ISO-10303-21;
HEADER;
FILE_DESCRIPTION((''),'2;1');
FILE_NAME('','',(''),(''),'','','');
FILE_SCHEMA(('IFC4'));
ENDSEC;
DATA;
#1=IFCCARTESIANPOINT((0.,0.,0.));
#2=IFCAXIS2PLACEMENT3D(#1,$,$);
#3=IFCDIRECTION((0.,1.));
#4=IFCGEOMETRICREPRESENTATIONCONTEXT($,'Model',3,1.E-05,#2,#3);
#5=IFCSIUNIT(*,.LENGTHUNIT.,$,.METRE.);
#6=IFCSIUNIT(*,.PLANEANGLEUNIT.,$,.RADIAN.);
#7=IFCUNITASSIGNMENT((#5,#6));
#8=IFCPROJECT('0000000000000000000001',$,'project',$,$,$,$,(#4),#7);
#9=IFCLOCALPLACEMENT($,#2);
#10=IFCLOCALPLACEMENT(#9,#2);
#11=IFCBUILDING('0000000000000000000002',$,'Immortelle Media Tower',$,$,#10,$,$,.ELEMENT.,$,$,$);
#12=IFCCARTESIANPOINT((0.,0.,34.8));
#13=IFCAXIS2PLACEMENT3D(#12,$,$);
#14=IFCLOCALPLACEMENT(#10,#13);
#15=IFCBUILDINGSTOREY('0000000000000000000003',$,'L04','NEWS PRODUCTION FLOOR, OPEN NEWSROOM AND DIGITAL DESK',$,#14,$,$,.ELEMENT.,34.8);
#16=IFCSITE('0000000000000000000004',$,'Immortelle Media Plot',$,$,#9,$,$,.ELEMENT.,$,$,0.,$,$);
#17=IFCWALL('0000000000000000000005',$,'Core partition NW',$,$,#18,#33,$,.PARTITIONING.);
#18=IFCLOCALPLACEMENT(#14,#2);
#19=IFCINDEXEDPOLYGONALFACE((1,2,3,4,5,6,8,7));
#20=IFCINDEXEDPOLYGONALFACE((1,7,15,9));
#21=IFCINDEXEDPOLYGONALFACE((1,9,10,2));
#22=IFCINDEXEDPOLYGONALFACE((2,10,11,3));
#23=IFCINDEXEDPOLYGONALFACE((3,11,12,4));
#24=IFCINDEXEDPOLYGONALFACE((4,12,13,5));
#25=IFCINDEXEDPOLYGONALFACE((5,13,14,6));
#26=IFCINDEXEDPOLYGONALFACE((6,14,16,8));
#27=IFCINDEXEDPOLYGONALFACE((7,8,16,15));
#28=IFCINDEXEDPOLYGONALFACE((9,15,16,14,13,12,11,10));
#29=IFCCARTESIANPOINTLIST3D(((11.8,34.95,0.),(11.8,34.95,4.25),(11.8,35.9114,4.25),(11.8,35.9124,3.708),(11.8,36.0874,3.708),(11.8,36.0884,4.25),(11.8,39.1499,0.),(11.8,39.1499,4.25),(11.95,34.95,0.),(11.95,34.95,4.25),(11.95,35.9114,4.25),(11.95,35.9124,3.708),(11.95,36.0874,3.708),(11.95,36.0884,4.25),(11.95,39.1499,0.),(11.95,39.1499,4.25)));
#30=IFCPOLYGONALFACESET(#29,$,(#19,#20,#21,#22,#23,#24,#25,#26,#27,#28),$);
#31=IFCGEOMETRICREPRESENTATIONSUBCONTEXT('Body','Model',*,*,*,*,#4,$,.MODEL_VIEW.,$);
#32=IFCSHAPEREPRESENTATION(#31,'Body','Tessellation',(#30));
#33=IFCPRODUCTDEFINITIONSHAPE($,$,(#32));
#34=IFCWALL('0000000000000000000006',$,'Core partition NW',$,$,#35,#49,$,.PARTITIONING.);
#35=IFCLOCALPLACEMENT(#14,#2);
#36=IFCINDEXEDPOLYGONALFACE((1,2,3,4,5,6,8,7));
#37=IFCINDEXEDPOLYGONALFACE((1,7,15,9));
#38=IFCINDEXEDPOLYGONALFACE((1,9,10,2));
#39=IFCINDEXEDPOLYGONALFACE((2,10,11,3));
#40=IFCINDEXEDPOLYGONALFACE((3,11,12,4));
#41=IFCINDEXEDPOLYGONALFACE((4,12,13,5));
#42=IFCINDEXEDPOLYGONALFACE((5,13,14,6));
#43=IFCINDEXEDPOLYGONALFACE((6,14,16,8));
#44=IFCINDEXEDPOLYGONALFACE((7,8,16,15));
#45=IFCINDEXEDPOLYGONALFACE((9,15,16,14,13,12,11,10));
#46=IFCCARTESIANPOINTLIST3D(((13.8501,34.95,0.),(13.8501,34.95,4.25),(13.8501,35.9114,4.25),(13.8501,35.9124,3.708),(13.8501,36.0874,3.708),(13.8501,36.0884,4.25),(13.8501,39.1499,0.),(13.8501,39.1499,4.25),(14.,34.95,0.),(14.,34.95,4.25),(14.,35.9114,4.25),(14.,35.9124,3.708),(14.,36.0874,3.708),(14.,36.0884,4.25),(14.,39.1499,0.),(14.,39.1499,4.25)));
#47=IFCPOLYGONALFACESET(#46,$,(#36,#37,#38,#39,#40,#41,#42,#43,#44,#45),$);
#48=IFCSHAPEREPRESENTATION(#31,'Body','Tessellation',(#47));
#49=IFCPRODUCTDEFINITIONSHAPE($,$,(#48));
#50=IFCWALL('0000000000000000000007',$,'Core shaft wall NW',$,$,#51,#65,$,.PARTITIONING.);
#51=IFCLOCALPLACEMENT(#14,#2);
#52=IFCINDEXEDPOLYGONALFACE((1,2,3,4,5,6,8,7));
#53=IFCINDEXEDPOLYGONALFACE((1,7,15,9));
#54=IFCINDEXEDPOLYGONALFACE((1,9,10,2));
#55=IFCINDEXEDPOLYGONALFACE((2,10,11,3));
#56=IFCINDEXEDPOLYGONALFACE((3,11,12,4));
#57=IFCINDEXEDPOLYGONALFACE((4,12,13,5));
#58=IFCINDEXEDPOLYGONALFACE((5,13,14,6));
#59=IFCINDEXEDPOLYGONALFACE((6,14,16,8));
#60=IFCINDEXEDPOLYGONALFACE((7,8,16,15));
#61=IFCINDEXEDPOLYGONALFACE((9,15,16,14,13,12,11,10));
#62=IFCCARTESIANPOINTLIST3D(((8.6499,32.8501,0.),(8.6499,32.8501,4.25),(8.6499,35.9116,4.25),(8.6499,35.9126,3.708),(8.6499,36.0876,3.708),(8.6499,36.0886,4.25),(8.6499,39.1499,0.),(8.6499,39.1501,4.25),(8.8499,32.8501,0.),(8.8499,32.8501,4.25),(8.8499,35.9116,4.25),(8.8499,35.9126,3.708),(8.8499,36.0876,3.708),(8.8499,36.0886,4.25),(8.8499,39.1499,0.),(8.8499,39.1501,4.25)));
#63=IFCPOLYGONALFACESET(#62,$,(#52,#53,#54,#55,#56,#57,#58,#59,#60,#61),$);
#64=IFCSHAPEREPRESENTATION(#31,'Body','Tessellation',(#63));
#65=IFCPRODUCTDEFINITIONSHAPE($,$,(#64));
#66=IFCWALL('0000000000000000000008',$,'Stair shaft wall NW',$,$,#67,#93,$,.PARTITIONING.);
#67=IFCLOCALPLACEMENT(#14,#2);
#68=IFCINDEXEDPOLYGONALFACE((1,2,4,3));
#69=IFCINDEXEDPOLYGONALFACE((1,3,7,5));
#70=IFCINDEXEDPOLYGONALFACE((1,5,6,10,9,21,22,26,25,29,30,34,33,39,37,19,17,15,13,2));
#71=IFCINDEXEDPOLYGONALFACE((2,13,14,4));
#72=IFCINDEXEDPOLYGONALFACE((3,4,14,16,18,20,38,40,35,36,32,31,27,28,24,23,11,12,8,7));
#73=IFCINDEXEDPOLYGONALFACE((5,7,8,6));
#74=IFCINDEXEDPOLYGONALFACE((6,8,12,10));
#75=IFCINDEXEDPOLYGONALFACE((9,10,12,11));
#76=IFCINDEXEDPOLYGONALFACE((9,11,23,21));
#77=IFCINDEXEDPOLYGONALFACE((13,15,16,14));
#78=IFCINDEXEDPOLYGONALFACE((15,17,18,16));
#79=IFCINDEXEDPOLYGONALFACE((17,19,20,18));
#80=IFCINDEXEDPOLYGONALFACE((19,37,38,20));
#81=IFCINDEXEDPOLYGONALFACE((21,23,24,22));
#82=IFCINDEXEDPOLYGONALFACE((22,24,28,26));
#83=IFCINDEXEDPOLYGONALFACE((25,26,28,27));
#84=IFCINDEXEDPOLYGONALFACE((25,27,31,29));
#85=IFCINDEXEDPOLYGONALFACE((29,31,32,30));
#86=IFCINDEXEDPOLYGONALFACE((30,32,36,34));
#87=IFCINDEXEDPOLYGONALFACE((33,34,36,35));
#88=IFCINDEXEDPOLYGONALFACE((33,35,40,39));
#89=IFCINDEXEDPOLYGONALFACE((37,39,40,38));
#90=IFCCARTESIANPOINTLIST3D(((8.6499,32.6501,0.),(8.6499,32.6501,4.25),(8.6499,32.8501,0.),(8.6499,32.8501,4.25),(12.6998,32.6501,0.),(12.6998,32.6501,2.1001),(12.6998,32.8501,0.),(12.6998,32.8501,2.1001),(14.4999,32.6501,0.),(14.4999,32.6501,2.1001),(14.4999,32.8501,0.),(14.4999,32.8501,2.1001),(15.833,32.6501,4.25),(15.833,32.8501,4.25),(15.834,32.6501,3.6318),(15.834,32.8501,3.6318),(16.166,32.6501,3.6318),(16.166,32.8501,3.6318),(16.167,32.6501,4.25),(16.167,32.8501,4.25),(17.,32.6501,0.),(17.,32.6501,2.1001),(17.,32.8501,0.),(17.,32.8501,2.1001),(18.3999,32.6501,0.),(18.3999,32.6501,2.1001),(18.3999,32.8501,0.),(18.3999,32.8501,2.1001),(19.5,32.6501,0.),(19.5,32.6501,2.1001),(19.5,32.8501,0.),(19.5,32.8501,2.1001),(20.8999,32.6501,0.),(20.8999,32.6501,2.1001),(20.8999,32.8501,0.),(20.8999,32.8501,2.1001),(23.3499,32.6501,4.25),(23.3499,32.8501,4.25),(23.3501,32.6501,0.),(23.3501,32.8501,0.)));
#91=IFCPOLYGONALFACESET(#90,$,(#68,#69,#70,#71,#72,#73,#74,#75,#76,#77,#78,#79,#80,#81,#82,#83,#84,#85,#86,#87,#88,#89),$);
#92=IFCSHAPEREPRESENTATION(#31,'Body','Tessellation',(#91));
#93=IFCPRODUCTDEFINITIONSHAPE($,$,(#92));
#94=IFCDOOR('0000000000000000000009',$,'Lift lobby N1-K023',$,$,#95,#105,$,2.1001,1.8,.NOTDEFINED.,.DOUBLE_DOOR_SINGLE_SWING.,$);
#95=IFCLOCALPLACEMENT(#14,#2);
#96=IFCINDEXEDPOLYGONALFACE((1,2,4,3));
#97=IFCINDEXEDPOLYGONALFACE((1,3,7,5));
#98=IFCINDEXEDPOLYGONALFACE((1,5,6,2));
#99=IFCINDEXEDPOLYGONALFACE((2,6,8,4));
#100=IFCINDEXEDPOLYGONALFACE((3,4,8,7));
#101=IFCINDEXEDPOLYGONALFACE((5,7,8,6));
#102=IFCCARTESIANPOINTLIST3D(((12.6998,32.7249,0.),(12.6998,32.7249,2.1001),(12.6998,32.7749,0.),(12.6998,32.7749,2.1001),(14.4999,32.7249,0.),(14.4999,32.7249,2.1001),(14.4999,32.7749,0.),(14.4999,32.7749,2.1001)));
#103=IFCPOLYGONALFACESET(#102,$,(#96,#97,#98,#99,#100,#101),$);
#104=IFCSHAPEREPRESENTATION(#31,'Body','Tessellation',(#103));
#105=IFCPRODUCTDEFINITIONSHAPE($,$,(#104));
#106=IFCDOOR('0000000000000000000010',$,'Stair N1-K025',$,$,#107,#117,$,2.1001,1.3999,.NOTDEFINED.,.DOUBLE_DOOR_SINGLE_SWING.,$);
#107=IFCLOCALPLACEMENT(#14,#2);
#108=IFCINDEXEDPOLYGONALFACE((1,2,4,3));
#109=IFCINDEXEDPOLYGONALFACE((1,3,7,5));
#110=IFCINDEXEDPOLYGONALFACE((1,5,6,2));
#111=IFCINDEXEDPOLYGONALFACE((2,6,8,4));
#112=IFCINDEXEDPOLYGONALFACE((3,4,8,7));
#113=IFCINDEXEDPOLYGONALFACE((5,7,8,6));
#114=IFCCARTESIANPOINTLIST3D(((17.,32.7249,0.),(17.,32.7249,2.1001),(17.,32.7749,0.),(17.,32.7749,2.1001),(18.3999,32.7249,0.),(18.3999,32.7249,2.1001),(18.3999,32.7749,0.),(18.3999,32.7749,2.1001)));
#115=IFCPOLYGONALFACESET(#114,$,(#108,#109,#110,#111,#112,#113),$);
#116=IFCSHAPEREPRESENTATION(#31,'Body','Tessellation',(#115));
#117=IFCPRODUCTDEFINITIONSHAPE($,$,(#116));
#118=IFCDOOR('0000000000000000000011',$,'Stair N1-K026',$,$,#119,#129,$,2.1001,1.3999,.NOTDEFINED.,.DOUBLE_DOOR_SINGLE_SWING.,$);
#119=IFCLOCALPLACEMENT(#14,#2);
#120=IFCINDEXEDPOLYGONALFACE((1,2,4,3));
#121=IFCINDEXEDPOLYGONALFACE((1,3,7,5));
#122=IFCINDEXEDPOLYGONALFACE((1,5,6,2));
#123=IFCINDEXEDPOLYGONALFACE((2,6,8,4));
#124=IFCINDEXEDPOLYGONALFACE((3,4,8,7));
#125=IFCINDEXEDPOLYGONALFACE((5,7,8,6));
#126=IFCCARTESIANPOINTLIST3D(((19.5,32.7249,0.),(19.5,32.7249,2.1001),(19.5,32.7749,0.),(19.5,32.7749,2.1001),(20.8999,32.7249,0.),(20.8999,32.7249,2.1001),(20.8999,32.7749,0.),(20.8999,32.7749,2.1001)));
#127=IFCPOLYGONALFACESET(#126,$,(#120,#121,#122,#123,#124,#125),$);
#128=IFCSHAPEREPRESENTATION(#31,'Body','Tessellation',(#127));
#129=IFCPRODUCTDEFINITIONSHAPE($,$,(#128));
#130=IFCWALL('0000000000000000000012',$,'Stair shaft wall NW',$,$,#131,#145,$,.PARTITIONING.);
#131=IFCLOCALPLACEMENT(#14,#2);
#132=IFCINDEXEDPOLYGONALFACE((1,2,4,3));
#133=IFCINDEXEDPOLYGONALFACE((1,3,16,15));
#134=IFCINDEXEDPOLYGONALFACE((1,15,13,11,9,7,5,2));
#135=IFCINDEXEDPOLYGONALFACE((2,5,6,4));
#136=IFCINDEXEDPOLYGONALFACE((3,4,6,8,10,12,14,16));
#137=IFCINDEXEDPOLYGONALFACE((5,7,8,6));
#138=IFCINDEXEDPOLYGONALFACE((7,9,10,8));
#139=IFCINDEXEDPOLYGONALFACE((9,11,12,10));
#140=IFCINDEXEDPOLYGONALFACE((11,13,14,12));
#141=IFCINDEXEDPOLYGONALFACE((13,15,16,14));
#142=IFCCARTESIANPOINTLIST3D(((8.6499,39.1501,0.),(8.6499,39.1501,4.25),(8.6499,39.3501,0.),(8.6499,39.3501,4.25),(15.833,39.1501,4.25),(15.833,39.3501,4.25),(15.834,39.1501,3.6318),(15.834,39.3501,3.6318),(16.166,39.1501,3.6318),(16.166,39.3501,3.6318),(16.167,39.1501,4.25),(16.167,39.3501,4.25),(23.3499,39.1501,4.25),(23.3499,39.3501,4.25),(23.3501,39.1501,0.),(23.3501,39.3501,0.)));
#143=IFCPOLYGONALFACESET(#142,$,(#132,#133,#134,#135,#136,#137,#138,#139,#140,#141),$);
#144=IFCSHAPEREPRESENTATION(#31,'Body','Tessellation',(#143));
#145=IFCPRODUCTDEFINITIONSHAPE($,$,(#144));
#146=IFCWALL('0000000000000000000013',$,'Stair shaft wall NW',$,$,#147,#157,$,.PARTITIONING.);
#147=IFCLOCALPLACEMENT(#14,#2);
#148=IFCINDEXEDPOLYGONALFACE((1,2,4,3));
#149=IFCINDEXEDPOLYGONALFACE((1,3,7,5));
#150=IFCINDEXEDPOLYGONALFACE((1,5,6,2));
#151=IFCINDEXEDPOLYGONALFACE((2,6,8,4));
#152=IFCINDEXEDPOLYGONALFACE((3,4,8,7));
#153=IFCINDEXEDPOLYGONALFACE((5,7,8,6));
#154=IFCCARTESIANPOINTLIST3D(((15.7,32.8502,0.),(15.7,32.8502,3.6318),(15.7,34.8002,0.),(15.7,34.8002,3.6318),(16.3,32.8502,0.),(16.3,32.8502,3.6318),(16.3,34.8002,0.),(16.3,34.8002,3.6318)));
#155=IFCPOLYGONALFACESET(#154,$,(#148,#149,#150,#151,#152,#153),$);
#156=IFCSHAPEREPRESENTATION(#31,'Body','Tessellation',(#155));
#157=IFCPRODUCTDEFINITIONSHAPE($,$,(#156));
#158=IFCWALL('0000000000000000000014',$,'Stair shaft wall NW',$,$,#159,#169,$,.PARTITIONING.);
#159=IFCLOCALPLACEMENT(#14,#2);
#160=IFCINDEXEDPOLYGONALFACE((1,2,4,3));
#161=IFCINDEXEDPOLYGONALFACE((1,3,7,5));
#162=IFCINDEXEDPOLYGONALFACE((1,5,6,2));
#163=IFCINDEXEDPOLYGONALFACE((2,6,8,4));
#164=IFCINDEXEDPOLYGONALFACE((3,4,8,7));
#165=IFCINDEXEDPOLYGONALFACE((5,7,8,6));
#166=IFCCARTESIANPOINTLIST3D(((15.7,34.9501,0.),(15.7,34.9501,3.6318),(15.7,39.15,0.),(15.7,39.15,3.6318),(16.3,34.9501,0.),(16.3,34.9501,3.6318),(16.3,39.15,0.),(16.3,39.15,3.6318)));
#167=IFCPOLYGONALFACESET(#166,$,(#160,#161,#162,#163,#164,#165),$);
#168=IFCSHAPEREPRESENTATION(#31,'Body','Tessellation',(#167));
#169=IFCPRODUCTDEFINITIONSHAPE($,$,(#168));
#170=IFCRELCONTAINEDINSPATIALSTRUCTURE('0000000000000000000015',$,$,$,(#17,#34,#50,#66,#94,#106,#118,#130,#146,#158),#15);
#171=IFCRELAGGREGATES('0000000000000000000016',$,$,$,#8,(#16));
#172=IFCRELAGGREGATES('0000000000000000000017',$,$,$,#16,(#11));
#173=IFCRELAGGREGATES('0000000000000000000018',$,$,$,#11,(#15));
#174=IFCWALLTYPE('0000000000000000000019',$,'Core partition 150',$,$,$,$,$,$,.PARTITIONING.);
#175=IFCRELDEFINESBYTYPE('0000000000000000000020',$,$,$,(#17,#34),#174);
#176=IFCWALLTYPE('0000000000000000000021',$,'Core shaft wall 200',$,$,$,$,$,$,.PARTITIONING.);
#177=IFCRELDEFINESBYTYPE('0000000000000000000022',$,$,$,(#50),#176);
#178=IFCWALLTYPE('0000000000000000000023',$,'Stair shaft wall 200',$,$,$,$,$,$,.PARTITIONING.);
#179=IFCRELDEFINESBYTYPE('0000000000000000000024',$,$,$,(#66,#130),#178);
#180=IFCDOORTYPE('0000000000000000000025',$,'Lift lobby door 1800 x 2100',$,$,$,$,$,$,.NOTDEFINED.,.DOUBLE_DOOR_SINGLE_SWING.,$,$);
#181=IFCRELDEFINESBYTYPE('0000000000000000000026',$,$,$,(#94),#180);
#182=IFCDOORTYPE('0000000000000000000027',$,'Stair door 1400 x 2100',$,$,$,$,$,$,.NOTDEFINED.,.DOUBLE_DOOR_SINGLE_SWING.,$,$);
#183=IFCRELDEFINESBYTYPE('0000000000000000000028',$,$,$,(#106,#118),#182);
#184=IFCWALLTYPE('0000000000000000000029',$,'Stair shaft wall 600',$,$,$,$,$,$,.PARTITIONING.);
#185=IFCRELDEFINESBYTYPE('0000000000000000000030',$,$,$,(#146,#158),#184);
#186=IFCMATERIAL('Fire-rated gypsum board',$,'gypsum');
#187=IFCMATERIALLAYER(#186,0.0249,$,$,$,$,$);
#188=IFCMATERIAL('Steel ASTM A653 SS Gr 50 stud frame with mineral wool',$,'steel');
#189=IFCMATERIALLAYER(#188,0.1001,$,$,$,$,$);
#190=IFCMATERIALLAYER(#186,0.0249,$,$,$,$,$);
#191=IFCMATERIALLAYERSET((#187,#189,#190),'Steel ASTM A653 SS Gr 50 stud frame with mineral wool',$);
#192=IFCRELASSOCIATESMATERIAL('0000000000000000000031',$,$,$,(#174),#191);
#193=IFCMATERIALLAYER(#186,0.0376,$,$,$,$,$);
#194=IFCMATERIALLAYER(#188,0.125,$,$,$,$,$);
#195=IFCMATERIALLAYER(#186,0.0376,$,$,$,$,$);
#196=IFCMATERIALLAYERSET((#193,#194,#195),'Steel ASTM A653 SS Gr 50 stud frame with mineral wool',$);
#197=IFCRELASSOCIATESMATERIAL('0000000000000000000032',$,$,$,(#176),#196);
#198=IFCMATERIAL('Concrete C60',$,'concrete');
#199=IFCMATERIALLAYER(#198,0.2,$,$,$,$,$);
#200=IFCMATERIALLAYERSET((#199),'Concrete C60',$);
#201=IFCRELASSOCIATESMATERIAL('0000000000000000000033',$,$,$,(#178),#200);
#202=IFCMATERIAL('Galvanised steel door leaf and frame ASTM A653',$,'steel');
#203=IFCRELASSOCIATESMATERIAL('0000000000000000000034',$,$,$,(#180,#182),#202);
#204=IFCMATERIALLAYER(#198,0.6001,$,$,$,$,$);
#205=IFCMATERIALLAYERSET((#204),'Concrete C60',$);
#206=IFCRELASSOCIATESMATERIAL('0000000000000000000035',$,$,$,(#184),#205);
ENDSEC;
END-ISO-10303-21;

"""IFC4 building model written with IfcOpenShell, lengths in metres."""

from ifc_helpers import new_model, si_unit, direction, frame, frame_2d, origin, place, context, subcontext, project, spatial, polyline, rectangle, outline, extrude, material, layer, layer_set, type_object, element, fill, save


model = new_model("IFC4")

# Units and contexts
model_context = context("Model", 3, precision=1e-05, world=origin(), true_north=direction((0.0, 1.0)))
body_context = subcontext(model_context, "Body", "Model", "MODEL_VIEW")
ifc_project = project(units=[si_unit("LENGTHUNIT", "METRE"), si_unit("PLANEANGLEUNIT", "RADIAN")], contexts=[model_context])

# Site, building, storey
site_placement = place(None, origin())
site = spatial("IfcSite", under=ifc_project, at=site_placement, Name="Immortelle Media Plot", CompositionType="ELEMENT", RefElevation=0.0)
building_placement = place(site_placement, origin())
building = spatial("IfcBuilding", under=site, at=building_placement, Name="Immortelle Media Tower", CompositionType="ELEMENT")
storey_placement = place(building_placement, frame((0.0, 0.0, 34.8)))
storey = spatial("IfcBuildingStorey", under=building, at=storey_placement, Name="L04", Description="NEWS PRODUCTION FLOOR, OPEN NEWSROOM AND DIGITAL DESK", CompositionType="ELEMENT", Elevation=34.8)

# Shared definitions
ifc_material_1 = material(Name="Fire-rated gypsum board", Category="gypsum")
ifc_layer_1 = layer(ifc_material_1, 0.0249)
ifc_material_2 = material(Name="Steel ASTM A653 SS Gr 50 stud frame with mineral wool", Category="steel")
ifc_layer_2 = layer(ifc_material_2, 0.1001)
ifc_layer_3 = layer(ifc_material_1, 0.0249)
ifc_layer_set_1 = layer_set([ifc_layer_1, ifc_layer_2, ifc_layer_3], Name="Steel ASTM A653 SS Gr 50 stud frame with mineral wool")
wall_type_1 = type_object("IfcWallType", Name="Core partition 150", PredefinedType="PARTITIONING", material=ifc_layer_set_1)
ifc_material_3 = material(Name="Galvanised steel door leaf and frame ASTM A653", Category="steel")

# Walls
for number, where, z_axis, x_axis, name in (
    (1, (11.875, 34.95, 0.0), (0.0, 0.0, 1.0), (0.0, 1.0, 0.0), "Core partition NW"),
    (2, (13.925, 34.95, 0.0), (0.0, 0.0, 1.0), (0.0, 1.0, 0.0), "Core partition NW"),
):
    element("IfcWall", number, at=place(storey_placement, frame(where, z_axis=z_axis, x_axis=x_axis)), inside=storey, type_object=wall_type_1, Name=name, PredefinedType="PARTITIONING", context=body_context, shape_type="SweptSolid", body=[
        extrude(outline(polyline([(0.0, 0.0), (4.2, 0.0), (4.2, 4.25), (1.1384, 4.25), (1.1375, 3.708), (0.9624, 3.708), (0.9614, 4.25), (0.0, 4.25), (0.0, 0.0)])), frame((0.0, 0.075, 0.0), z_axis=(0.0, -1.0, 0.0), x_axis=(1.0, 0.0, 0.0)), (0.0, 0.0, 1.0), 0.1499),
    ])
ifc_layer_4 = layer(ifc_material_1, 0.0376)
ifc_layer_5 = layer(ifc_material_2, 0.125)
ifc_layer_6 = layer(ifc_material_1, 0.0376)
ifc_layer_set_2 = layer_set([ifc_layer_4, ifc_layer_5, ifc_layer_6], Name="Steel ASTM A653 SS Gr 50 stud frame with mineral wool")
wall_type_2 = type_object("IfcWallType", Name="Core shaft wall 200", PredefinedType="PARTITIONING", material=ifc_layer_set_2)
wall_1_placement = place(storey_placement, frame((8.75, 32.8501, 0.0), z_axis=(0.0, 0.0, 1.0), x_axis=(0.0, 1.0, 0.0)))
element("IfcWall", 3, at=wall_1_placement, inside=storey, type_object=wall_type_2, Name="Core shaft wall NW", PredefinedType="PARTITIONING", context=body_context, shape_type="SweptSolid", body=[
    extrude(outline(polyline([(0.0, 0.0), (6.2998, 0.0), (6.3, 4.25), (3.2385, 4.25), (3.2375, 3.708), (3.0625, 3.708), (3.0615, 4.25), (0.0, 4.25), (0.0, 0.0)])), frame((0.0, 0.1001, 0.0), z_axis=(0.0, -1.0, 0.0), x_axis=(1.0, 0.0, 0.0)), (0.0, 0.0, 1.0), 0.2),
])

# Wall, openings, doors
ifc_material_4 = material(Name="Concrete C60", Category="concrete")
ifc_layer_7 = layer(ifc_material_4, 0.2)
ifc_layer_set_3 = layer_set([ifc_layer_7], Name="Concrete C60")
wall_type_3 = type_object("IfcWallType", Name="Stair shaft wall 200", PredefinedType="PARTITIONING", material=ifc_layer_set_3)
wall_2_placement = place(storey_placement, frame((8.6499, 32.75, 0.0), z_axis=(0.0, 0.0, 1.0), x_axis=(1.0, 0.0, 0.0)))
wall_2 = element("IfcWall", 4, at=wall_2_placement, inside=storey, type_object=wall_type_3, Name="Stair shaft wall NW", PredefinedType="PARTITIONING", context=body_context, shape_type="SweptSolid", body=[
    extrude(outline(polyline([(0.0, 0.0), (14.7002, 0.0), (14.7, 4.25), (7.5171, 4.25), (7.5161, 3.6318), (7.1841, 3.6318), (7.1831, 4.25), (0.0, 4.25), (0.0, 0.0)])), frame((0.0, 0.1001, 0.0), z_axis=(0.0, -1.0, 0.0), x_axis=(1.0, 0.0, 0.0)), (0.0, 0.0, 1.0), 0.2),
])
opening_1_placement = place(wall_2_placement, frame((4.05, 0.0, 0.0)))
opening_1 = element("IfcOpeningElement", 5, at=opening_1_placement, cuts=wall_2, PredefinedType="OPENING", context=body_context, shape_type="SweptSolid", body=[
    extrude(rectangle(XDim=1.8, YDim=2.1001, at=frame_2d((0.8999, 1.05))), frame((0.0, 0.1099, 0.0), z_axis=(0.0, -1.0, 0.0), x_axis=(1.0, 0.0, 0.0)), (0.0, 0.0, 1.0), 0.22),
])
opening_2_placement = place(wall_2_placement, frame((8.3501, 0.0, 0.0)))
opening_2 = element("IfcOpeningElement", 6, at=opening_2_placement, cuts=wall_2, PredefinedType="OPENING", context=body_context, shape_type="SweptSolid", body=[
    extrude(rectangle(XDim=1.3999, YDim=2.1001, at=frame_2d((0.7, 1.05))), frame((0.0, 0.1099, 0.0), z_axis=(0.0, -1.0, 0.0), x_axis=(1.0, 0.0, 0.0)), (0.0, 0.0, 1.0), 0.22),
])
opening_3_placement = place(wall_2_placement, frame((10.8501, 0.0, 0.0)))
opening_3 = element("IfcOpeningElement", 7, at=opening_3_placement, cuts=wall_2, PredefinedType="OPENING", context=body_context, shape_type="SweptSolid", body=[
    extrude(rectangle(XDim=1.3999, YDim=2.1001, at=frame_2d((0.7, 1.05))), frame((0.0, 0.1099, 0.0), z_axis=(0.0, -1.0, 0.0), x_axis=(1.0, 0.0, 0.0)), (0.0, 0.0, 1.0), 0.22),
])
door_type_1 = type_object("IfcDoorType", Name="Lift lobby door 1800 x 2100", OperationType="DOUBLE_DOOR_SINGLE_SWING", PredefinedType="NOTDEFINED", material=ifc_material_3)
door_1_placement = place(opening_1_placement, origin())
door_1 = element("IfcDoor", 8, at=door_1_placement, inside=storey, type_object=door_type_1, Name="Lift lobby N1-K023", OperationType="DOUBLE_DOOR_SINGLE_SWING", OverallHeight=2.1001, OverallWidth=1.8, PredefinedType="NOTDEFINED", context=body_context, shape_type="SweptSolid", body=[
    extrude(rectangle(XDim=1.8, YDim=2.1001, at=frame_2d((0.8999, 1.05))), frame((0.0, 0.0249, 0.0), z_axis=(0.0, -1.0, 0.0), x_axis=(1.0, 0.0, 0.0)), (0.0, 0.0, 1.0), 0.05),
])
fill(opening_1, door_1)
door_type_2 = type_object("IfcDoorType", Name="Stair door 1400 x 2100", OperationType="DOUBLE_DOOR_SINGLE_SWING", PredefinedType="NOTDEFINED", material=ifc_material_3)
door_2_placement = place(opening_2_placement, origin())
door_2 = element("IfcDoor", 9, at=door_2_placement, inside=storey, type_object=door_type_2, Name="Stair N1-K025", OperationType="DOUBLE_DOOR_SINGLE_SWING", OverallHeight=2.1001, OverallWidth=1.3999, PredefinedType="NOTDEFINED", context=body_context, shape_type="SweptSolid", body=[
    extrude(rectangle(XDim=1.3999, YDim=2.1001, at=frame_2d((0.7, 1.05))), frame((0.0, 0.0249, 0.0), z_axis=(0.0, -1.0, 0.0), x_axis=(1.0, 0.0, 0.0)), (0.0, 0.0, 1.0), 0.05),
])
fill(opening_2, door_2)
door_3_placement = place(opening_3_placement, origin())
door_3 = element("IfcDoor", 10, at=door_3_placement, inside=storey, type_object=door_type_2, Name="Stair N1-K026", OperationType="DOUBLE_DOOR_SINGLE_SWING", OverallHeight=2.1001, OverallWidth=1.3999, PredefinedType="NOTDEFINED", context=body_context, shape_type="SweptSolid", body=[
    extrude(rectangle(XDim=1.3999, YDim=2.1001, at=frame_2d((0.7, 1.05))), frame((0.0, 0.0249, 0.0), z_axis=(0.0, -1.0, 0.0), x_axis=(1.0, 0.0, 0.0)), (0.0, 0.0, 1.0), 0.05),
])
fill(opening_3, door_3)

# Walls
wall_3_placement = place(storey_placement, frame((8.6499, 39.25, 0.0), z_axis=(0.0, 0.0, 1.0), x_axis=(1.0, 0.0, 0.0)))
element("IfcWall", 11, at=wall_3_placement, inside=storey, type_object=wall_type_3, Name="Stair shaft wall NW", PredefinedType="PARTITIONING", context=body_context, shape_type="SweptSolid", body=[
    extrude(outline(polyline([(0.0, 0.0), (14.7002, 0.0), (14.7, 4.25), (7.5171, 4.25), (7.5161, 3.6318), (7.1841, 3.6318), (7.1831, 4.25), (0.0, 4.25), (0.0, 0.0)])), frame((0.0, 0.1001, 0.0), z_axis=(0.0, -1.0, 0.0), x_axis=(1.0, 0.0, 0.0)), (0.0, 0.0, 1.0), 0.2),
])
ifc_layer_8 = layer(ifc_material_4, 0.6001)
ifc_layer_set_4 = layer_set([ifc_layer_8], Name="Concrete C60")
wall_type_4 = type_object("IfcWallType", Name="Stair shaft wall 600", PredefinedType="PARTITIONING", material=ifc_layer_set_4)
wall_4_placement = place(storey_placement, frame((16.0, 32.8501, 0.0), z_axis=(0.0, 0.0, 1.0), x_axis=(0.0, 1.0, 0.0)))
element("IfcWall", 12, at=wall_4_placement, inside=storey, type_object=wall_type_4, Name="Stair shaft wall NW", PredefinedType="PARTITIONING", context=body_context, shape_type="SweptSolid", body=[
    extrude(rectangle(XDim=1.95, YDim=0.6001, at=frame_2d((0.9751, 0.0))), origin(), (0.0, 0.0, 1.0), 3.6318),
])
wall_5_placement = place(storey_placement, frame((16.0, 34.95, 0.0), z_axis=(0.0, 0.0, 1.0), x_axis=(0.0, 1.0, 0.0)))
element("IfcWall", 13, at=wall_5_placement, inside=storey, type_object=wall_type_4, Name="Stair shaft wall NW", PredefinedType="PARTITIONING", context=body_context, shape_type="SweptSolid", body=[
    extrude(rectangle(XDim=4.2, YDim=0.6001, at=frame_2d((2.1001, 0.0))), origin(), (0.0, 0.0, 1.0), 3.6318),
])

save(model, "model.ifc")
